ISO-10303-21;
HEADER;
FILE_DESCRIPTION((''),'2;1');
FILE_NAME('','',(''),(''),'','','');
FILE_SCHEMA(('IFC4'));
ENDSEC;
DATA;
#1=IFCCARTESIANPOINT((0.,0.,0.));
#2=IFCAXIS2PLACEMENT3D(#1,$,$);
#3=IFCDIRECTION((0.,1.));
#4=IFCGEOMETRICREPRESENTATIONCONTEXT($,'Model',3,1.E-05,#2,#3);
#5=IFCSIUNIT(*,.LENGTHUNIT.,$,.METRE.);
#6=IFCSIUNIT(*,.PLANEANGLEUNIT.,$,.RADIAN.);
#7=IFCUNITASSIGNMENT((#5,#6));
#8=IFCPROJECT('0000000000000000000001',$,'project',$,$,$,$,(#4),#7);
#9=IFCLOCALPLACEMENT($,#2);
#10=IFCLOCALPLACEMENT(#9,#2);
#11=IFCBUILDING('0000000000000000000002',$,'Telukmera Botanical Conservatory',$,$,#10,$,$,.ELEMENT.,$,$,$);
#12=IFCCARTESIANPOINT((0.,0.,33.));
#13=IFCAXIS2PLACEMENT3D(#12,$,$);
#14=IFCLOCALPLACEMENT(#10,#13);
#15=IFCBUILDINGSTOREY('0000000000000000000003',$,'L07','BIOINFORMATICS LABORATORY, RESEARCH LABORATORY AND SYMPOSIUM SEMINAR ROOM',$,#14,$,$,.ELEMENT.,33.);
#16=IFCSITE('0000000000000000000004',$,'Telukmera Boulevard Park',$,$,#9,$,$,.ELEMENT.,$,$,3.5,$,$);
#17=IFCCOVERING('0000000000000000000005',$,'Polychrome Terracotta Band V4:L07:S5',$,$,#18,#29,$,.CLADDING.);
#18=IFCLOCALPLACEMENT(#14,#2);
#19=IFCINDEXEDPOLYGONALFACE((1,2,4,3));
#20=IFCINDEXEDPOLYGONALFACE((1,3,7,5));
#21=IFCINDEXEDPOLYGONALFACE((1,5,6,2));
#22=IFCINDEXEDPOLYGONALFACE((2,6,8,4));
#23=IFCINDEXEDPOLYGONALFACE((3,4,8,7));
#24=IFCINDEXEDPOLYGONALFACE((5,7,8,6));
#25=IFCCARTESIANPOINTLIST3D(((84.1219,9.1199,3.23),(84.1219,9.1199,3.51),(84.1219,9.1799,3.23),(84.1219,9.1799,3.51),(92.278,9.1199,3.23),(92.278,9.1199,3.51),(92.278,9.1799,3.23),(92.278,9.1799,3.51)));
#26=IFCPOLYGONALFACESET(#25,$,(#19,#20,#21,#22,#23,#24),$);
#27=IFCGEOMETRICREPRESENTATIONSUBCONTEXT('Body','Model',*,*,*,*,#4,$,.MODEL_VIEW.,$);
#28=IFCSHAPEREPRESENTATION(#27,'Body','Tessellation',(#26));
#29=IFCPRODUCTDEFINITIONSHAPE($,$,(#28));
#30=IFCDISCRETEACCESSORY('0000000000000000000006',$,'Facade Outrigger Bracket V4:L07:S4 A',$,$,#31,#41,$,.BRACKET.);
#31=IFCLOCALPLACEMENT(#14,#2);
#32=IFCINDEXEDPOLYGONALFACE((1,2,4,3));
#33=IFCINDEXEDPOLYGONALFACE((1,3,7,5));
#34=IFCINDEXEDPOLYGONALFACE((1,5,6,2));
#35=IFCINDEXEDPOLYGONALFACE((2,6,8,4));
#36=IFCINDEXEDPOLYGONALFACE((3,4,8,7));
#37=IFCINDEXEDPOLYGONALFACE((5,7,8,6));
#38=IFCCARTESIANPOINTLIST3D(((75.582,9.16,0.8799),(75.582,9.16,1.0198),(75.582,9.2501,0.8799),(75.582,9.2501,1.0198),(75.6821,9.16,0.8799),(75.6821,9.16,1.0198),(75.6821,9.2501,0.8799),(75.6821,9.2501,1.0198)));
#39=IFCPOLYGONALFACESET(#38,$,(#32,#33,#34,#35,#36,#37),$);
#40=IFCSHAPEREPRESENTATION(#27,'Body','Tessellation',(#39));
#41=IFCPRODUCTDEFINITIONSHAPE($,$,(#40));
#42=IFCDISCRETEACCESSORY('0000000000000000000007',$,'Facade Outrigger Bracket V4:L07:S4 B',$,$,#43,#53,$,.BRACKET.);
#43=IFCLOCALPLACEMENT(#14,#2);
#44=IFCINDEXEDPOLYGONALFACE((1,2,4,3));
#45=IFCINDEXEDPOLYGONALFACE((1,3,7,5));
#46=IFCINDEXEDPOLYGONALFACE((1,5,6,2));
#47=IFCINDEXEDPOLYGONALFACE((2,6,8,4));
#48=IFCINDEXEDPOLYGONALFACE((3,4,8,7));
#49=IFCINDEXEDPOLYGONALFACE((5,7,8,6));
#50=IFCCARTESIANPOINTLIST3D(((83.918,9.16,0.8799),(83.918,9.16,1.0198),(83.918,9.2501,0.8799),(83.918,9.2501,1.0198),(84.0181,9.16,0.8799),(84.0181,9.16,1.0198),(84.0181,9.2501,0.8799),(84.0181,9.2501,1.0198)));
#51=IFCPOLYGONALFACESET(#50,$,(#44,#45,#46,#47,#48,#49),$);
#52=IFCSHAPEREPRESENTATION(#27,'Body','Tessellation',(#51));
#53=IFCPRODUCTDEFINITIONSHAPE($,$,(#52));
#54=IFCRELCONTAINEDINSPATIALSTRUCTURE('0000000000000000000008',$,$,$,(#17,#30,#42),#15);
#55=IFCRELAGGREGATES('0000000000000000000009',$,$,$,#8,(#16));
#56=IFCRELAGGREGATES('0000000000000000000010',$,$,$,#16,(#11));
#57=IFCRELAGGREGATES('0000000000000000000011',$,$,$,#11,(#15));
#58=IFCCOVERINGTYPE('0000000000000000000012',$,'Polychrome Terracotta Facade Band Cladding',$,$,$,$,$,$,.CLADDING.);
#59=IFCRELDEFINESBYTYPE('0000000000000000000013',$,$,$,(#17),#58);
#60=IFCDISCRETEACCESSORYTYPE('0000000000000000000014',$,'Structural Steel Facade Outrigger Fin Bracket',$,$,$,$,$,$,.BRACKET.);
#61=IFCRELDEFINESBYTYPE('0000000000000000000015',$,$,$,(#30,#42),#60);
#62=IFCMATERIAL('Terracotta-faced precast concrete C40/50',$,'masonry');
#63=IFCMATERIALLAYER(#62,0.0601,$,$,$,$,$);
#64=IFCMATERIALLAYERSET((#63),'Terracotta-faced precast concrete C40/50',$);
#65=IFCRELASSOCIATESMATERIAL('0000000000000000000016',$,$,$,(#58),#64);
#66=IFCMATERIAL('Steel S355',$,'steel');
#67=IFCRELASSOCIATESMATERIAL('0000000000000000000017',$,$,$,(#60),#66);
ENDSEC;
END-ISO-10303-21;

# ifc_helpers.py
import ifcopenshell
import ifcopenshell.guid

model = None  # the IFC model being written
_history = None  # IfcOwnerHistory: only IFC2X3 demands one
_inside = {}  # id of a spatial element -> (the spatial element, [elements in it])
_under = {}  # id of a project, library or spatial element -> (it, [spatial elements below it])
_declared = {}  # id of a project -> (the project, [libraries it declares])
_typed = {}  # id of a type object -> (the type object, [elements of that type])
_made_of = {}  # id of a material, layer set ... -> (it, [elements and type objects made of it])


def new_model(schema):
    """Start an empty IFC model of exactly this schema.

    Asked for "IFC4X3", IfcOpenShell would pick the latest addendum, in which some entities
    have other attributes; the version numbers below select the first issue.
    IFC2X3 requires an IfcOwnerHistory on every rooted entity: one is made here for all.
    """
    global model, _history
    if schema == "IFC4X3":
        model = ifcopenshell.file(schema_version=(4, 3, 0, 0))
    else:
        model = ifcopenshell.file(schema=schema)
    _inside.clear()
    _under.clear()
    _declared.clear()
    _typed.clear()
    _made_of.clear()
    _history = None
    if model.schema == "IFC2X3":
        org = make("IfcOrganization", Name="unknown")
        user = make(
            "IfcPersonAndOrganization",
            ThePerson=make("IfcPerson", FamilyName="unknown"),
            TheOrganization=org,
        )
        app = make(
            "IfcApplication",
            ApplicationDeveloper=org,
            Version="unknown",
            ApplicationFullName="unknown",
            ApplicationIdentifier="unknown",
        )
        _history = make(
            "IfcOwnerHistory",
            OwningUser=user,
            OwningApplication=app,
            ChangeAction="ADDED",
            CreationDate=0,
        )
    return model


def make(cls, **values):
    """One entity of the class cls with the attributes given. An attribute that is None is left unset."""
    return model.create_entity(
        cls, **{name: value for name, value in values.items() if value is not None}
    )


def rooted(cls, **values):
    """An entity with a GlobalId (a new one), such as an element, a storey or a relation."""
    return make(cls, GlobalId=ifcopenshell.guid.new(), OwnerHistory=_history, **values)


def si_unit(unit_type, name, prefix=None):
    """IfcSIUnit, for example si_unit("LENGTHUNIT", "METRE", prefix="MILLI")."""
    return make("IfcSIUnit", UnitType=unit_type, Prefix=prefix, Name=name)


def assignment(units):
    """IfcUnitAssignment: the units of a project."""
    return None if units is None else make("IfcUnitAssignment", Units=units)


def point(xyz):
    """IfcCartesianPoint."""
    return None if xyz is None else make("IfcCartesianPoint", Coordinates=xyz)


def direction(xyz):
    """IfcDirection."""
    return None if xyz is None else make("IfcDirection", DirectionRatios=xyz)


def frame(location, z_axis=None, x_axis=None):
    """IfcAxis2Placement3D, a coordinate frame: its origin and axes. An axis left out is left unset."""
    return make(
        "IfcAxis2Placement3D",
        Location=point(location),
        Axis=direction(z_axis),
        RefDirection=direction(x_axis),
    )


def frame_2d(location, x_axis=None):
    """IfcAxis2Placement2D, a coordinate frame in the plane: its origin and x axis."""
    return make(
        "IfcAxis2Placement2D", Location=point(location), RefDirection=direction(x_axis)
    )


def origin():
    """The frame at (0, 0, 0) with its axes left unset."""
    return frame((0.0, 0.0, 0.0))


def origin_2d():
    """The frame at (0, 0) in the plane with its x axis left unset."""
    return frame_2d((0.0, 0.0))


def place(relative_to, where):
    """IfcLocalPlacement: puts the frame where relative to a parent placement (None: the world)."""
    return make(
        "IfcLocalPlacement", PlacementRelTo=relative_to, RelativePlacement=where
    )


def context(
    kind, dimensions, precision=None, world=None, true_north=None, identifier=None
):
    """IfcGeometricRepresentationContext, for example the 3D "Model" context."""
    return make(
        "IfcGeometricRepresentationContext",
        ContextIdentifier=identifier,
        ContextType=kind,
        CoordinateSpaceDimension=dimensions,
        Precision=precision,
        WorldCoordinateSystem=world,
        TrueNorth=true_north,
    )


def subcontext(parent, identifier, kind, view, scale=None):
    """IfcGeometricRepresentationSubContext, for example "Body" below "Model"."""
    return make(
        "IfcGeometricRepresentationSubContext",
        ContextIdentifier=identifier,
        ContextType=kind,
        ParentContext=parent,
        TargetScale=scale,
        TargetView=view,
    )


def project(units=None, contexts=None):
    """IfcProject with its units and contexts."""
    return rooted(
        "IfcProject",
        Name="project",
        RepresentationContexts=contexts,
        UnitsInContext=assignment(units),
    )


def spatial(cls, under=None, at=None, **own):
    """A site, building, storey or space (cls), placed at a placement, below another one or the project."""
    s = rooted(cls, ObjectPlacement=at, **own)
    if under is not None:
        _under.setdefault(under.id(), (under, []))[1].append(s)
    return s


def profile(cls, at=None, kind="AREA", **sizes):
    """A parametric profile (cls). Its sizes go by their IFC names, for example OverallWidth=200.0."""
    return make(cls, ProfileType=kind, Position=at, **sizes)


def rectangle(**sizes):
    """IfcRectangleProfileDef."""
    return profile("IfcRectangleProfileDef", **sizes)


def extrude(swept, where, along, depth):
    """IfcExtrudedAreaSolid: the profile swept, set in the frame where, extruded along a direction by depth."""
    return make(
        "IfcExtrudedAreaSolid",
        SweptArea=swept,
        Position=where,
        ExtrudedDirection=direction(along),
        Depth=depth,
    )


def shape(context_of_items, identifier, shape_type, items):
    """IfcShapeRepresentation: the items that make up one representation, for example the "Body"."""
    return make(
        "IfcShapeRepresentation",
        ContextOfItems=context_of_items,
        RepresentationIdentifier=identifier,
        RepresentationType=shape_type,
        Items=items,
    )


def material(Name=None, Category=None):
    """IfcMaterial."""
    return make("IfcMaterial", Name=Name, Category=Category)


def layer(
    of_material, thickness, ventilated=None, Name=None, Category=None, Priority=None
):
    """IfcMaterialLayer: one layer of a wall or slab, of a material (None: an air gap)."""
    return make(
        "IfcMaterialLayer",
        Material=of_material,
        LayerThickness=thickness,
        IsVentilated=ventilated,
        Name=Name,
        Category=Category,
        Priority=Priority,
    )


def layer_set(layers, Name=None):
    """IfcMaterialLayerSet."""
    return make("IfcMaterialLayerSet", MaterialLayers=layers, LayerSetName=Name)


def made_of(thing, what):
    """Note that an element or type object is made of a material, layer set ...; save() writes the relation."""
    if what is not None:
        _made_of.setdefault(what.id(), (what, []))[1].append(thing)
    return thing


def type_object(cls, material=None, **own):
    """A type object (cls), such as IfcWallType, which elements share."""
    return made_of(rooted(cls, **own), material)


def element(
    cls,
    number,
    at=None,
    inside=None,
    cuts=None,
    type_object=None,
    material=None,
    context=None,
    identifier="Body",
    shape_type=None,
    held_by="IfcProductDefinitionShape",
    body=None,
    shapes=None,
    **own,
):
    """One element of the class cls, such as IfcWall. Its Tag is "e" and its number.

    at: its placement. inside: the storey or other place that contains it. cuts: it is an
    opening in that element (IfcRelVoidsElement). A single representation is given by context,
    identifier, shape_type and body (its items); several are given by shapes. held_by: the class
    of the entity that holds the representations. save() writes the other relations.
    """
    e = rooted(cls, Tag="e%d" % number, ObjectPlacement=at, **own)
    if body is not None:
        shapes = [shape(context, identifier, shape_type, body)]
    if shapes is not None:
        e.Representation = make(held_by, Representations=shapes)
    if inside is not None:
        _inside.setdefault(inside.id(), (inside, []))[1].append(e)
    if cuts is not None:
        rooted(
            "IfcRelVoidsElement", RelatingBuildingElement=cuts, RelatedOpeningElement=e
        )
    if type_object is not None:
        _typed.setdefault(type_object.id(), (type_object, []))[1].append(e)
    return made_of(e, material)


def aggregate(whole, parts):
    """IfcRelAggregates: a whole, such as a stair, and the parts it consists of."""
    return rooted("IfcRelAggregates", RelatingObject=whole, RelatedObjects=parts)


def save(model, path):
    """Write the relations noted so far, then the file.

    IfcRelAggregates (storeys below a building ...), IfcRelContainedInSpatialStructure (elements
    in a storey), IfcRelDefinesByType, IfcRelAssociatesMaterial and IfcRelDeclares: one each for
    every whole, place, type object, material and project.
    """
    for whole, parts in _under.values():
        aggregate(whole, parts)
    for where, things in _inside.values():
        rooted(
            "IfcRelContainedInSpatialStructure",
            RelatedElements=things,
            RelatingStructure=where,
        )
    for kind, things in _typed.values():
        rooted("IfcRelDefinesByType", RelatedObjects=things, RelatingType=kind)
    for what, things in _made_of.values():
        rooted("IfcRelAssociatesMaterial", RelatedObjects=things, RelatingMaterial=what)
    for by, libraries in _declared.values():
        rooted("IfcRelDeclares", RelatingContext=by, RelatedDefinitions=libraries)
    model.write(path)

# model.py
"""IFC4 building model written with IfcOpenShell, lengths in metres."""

from ifc_helpers import new_model, si_unit, direction, frame, origin, origin_2d, place, context, subcontext, project, spatial, rectangle, extrude, material, layer, layer_set, type_object, element, save


model = new_model("IFC4")

# Units and contexts
model_context = context("Model", 3, precision=1e-05, world=origin(), true_north=direction((0.0, 1.0)))
body_context = subcontext(model_context, "Body", "Model", "MODEL_VIEW")
ifc_project = project(units=[si_unit("LENGTHUNIT", "METRE"), si_unit("PLANEANGLEUNIT", "RADIAN")], contexts=[model_context])

# Site, building, storey
site_placement = place(None, origin())
site = spatial("IfcSite", under=ifc_project, at=site_placement, Name="Telukmera Boulevard Park", CompositionType="ELEMENT", RefElevation=3.5)
building_placement = place(site_placement, origin())
building = spatial("IfcBuilding", under=site, at=building_placement, Name="Telukmera Botanical Conservatory", CompositionType="ELEMENT")
storey_placement = place(building_placement, frame((0.0, 0.0, 33.0)))
storey = spatial("IfcBuildingStorey", under=building, at=storey_placement, Name="L07", Description="BIOINFORMATICS LABORATORY, RESEARCH LABORATORY AND SYMPOSIUM SEMINAR ROOM", CompositionType="ELEMENT", Elevation=33.0)

# Covering
ifc_material_1 = material(Name="Terracotta-faced precast concrete C40/50", Category="masonry")
ifc_layer_1 = layer(ifc_material_1, 0.0601)
ifc_layer_set_1 = layer_set([ifc_layer_1], Name="Terracotta-faced precast concrete C40/50")
covering_type_1 = type_object("IfcCoveringType", Name="Polychrome Terracotta Facade Band Cladding", PredefinedType="CLADDING", material=ifc_layer_set_1)
covering_placement = place(storey_placement, frame((88.2, 9.1499, 3.23), z_axis=(0.0, 0.0, 1.0), x_axis=(1.0, 0.0, 0.0)))
element("IfcCovering", 1, at=covering_placement, inside=storey, type_object=covering_type_1, Name="Polychrome Terracotta Band V4:L07:S5", PredefinedType="CLADDING", context=body_context, shape_type="SweptSolid", body=[
    extrude(rectangle(XDim=8.156, YDim=0.0601, at=origin_2d()), origin(), (0.0, 0.0, 1.0), 0.28),
])

# Discrete accessories
ifc_material_2 = material(Name="Steel S355", Category="steel")
discrete_accessory_type = type_object("IfcDiscreteAccessoryType", Name="Structural Steel Facade Outrigger Fin Bracket", PredefinedType="BRACKET", material=ifc_material_2)
for number, where, z_axis, x_axis, name in (
    (2, (75.6321, 9.2051, 0.8799), (0.0, 0.0, 1.0), (1.0, 0.0, 0.0), "Facade Outrigger Bracket V4:L07:S4 A"),
    (3, (83.968, 9.2051, 0.8799), (0.0, 0.0, 1.0), (1.0, 0.0, 0.0), "Facade Outrigger Bracket V4:L07:S4 B"),
):
    element("IfcDiscreteAccessory", number, at=place(storey_placement, frame(where, z_axis=z_axis, x_axis=x_axis)), inside=storey, type_object=discrete_accessory_type, Name=name, PredefinedType="BRACKET", context=body_context, shape_type="SweptSolid", body=[
        extrude(rectangle(XDim=0.1001, YDim=0.0901, at=origin_2d()), origin(), (0.0, 0.0, 1.0), 0.1399),
    ])

save(model, "model.ifc")
